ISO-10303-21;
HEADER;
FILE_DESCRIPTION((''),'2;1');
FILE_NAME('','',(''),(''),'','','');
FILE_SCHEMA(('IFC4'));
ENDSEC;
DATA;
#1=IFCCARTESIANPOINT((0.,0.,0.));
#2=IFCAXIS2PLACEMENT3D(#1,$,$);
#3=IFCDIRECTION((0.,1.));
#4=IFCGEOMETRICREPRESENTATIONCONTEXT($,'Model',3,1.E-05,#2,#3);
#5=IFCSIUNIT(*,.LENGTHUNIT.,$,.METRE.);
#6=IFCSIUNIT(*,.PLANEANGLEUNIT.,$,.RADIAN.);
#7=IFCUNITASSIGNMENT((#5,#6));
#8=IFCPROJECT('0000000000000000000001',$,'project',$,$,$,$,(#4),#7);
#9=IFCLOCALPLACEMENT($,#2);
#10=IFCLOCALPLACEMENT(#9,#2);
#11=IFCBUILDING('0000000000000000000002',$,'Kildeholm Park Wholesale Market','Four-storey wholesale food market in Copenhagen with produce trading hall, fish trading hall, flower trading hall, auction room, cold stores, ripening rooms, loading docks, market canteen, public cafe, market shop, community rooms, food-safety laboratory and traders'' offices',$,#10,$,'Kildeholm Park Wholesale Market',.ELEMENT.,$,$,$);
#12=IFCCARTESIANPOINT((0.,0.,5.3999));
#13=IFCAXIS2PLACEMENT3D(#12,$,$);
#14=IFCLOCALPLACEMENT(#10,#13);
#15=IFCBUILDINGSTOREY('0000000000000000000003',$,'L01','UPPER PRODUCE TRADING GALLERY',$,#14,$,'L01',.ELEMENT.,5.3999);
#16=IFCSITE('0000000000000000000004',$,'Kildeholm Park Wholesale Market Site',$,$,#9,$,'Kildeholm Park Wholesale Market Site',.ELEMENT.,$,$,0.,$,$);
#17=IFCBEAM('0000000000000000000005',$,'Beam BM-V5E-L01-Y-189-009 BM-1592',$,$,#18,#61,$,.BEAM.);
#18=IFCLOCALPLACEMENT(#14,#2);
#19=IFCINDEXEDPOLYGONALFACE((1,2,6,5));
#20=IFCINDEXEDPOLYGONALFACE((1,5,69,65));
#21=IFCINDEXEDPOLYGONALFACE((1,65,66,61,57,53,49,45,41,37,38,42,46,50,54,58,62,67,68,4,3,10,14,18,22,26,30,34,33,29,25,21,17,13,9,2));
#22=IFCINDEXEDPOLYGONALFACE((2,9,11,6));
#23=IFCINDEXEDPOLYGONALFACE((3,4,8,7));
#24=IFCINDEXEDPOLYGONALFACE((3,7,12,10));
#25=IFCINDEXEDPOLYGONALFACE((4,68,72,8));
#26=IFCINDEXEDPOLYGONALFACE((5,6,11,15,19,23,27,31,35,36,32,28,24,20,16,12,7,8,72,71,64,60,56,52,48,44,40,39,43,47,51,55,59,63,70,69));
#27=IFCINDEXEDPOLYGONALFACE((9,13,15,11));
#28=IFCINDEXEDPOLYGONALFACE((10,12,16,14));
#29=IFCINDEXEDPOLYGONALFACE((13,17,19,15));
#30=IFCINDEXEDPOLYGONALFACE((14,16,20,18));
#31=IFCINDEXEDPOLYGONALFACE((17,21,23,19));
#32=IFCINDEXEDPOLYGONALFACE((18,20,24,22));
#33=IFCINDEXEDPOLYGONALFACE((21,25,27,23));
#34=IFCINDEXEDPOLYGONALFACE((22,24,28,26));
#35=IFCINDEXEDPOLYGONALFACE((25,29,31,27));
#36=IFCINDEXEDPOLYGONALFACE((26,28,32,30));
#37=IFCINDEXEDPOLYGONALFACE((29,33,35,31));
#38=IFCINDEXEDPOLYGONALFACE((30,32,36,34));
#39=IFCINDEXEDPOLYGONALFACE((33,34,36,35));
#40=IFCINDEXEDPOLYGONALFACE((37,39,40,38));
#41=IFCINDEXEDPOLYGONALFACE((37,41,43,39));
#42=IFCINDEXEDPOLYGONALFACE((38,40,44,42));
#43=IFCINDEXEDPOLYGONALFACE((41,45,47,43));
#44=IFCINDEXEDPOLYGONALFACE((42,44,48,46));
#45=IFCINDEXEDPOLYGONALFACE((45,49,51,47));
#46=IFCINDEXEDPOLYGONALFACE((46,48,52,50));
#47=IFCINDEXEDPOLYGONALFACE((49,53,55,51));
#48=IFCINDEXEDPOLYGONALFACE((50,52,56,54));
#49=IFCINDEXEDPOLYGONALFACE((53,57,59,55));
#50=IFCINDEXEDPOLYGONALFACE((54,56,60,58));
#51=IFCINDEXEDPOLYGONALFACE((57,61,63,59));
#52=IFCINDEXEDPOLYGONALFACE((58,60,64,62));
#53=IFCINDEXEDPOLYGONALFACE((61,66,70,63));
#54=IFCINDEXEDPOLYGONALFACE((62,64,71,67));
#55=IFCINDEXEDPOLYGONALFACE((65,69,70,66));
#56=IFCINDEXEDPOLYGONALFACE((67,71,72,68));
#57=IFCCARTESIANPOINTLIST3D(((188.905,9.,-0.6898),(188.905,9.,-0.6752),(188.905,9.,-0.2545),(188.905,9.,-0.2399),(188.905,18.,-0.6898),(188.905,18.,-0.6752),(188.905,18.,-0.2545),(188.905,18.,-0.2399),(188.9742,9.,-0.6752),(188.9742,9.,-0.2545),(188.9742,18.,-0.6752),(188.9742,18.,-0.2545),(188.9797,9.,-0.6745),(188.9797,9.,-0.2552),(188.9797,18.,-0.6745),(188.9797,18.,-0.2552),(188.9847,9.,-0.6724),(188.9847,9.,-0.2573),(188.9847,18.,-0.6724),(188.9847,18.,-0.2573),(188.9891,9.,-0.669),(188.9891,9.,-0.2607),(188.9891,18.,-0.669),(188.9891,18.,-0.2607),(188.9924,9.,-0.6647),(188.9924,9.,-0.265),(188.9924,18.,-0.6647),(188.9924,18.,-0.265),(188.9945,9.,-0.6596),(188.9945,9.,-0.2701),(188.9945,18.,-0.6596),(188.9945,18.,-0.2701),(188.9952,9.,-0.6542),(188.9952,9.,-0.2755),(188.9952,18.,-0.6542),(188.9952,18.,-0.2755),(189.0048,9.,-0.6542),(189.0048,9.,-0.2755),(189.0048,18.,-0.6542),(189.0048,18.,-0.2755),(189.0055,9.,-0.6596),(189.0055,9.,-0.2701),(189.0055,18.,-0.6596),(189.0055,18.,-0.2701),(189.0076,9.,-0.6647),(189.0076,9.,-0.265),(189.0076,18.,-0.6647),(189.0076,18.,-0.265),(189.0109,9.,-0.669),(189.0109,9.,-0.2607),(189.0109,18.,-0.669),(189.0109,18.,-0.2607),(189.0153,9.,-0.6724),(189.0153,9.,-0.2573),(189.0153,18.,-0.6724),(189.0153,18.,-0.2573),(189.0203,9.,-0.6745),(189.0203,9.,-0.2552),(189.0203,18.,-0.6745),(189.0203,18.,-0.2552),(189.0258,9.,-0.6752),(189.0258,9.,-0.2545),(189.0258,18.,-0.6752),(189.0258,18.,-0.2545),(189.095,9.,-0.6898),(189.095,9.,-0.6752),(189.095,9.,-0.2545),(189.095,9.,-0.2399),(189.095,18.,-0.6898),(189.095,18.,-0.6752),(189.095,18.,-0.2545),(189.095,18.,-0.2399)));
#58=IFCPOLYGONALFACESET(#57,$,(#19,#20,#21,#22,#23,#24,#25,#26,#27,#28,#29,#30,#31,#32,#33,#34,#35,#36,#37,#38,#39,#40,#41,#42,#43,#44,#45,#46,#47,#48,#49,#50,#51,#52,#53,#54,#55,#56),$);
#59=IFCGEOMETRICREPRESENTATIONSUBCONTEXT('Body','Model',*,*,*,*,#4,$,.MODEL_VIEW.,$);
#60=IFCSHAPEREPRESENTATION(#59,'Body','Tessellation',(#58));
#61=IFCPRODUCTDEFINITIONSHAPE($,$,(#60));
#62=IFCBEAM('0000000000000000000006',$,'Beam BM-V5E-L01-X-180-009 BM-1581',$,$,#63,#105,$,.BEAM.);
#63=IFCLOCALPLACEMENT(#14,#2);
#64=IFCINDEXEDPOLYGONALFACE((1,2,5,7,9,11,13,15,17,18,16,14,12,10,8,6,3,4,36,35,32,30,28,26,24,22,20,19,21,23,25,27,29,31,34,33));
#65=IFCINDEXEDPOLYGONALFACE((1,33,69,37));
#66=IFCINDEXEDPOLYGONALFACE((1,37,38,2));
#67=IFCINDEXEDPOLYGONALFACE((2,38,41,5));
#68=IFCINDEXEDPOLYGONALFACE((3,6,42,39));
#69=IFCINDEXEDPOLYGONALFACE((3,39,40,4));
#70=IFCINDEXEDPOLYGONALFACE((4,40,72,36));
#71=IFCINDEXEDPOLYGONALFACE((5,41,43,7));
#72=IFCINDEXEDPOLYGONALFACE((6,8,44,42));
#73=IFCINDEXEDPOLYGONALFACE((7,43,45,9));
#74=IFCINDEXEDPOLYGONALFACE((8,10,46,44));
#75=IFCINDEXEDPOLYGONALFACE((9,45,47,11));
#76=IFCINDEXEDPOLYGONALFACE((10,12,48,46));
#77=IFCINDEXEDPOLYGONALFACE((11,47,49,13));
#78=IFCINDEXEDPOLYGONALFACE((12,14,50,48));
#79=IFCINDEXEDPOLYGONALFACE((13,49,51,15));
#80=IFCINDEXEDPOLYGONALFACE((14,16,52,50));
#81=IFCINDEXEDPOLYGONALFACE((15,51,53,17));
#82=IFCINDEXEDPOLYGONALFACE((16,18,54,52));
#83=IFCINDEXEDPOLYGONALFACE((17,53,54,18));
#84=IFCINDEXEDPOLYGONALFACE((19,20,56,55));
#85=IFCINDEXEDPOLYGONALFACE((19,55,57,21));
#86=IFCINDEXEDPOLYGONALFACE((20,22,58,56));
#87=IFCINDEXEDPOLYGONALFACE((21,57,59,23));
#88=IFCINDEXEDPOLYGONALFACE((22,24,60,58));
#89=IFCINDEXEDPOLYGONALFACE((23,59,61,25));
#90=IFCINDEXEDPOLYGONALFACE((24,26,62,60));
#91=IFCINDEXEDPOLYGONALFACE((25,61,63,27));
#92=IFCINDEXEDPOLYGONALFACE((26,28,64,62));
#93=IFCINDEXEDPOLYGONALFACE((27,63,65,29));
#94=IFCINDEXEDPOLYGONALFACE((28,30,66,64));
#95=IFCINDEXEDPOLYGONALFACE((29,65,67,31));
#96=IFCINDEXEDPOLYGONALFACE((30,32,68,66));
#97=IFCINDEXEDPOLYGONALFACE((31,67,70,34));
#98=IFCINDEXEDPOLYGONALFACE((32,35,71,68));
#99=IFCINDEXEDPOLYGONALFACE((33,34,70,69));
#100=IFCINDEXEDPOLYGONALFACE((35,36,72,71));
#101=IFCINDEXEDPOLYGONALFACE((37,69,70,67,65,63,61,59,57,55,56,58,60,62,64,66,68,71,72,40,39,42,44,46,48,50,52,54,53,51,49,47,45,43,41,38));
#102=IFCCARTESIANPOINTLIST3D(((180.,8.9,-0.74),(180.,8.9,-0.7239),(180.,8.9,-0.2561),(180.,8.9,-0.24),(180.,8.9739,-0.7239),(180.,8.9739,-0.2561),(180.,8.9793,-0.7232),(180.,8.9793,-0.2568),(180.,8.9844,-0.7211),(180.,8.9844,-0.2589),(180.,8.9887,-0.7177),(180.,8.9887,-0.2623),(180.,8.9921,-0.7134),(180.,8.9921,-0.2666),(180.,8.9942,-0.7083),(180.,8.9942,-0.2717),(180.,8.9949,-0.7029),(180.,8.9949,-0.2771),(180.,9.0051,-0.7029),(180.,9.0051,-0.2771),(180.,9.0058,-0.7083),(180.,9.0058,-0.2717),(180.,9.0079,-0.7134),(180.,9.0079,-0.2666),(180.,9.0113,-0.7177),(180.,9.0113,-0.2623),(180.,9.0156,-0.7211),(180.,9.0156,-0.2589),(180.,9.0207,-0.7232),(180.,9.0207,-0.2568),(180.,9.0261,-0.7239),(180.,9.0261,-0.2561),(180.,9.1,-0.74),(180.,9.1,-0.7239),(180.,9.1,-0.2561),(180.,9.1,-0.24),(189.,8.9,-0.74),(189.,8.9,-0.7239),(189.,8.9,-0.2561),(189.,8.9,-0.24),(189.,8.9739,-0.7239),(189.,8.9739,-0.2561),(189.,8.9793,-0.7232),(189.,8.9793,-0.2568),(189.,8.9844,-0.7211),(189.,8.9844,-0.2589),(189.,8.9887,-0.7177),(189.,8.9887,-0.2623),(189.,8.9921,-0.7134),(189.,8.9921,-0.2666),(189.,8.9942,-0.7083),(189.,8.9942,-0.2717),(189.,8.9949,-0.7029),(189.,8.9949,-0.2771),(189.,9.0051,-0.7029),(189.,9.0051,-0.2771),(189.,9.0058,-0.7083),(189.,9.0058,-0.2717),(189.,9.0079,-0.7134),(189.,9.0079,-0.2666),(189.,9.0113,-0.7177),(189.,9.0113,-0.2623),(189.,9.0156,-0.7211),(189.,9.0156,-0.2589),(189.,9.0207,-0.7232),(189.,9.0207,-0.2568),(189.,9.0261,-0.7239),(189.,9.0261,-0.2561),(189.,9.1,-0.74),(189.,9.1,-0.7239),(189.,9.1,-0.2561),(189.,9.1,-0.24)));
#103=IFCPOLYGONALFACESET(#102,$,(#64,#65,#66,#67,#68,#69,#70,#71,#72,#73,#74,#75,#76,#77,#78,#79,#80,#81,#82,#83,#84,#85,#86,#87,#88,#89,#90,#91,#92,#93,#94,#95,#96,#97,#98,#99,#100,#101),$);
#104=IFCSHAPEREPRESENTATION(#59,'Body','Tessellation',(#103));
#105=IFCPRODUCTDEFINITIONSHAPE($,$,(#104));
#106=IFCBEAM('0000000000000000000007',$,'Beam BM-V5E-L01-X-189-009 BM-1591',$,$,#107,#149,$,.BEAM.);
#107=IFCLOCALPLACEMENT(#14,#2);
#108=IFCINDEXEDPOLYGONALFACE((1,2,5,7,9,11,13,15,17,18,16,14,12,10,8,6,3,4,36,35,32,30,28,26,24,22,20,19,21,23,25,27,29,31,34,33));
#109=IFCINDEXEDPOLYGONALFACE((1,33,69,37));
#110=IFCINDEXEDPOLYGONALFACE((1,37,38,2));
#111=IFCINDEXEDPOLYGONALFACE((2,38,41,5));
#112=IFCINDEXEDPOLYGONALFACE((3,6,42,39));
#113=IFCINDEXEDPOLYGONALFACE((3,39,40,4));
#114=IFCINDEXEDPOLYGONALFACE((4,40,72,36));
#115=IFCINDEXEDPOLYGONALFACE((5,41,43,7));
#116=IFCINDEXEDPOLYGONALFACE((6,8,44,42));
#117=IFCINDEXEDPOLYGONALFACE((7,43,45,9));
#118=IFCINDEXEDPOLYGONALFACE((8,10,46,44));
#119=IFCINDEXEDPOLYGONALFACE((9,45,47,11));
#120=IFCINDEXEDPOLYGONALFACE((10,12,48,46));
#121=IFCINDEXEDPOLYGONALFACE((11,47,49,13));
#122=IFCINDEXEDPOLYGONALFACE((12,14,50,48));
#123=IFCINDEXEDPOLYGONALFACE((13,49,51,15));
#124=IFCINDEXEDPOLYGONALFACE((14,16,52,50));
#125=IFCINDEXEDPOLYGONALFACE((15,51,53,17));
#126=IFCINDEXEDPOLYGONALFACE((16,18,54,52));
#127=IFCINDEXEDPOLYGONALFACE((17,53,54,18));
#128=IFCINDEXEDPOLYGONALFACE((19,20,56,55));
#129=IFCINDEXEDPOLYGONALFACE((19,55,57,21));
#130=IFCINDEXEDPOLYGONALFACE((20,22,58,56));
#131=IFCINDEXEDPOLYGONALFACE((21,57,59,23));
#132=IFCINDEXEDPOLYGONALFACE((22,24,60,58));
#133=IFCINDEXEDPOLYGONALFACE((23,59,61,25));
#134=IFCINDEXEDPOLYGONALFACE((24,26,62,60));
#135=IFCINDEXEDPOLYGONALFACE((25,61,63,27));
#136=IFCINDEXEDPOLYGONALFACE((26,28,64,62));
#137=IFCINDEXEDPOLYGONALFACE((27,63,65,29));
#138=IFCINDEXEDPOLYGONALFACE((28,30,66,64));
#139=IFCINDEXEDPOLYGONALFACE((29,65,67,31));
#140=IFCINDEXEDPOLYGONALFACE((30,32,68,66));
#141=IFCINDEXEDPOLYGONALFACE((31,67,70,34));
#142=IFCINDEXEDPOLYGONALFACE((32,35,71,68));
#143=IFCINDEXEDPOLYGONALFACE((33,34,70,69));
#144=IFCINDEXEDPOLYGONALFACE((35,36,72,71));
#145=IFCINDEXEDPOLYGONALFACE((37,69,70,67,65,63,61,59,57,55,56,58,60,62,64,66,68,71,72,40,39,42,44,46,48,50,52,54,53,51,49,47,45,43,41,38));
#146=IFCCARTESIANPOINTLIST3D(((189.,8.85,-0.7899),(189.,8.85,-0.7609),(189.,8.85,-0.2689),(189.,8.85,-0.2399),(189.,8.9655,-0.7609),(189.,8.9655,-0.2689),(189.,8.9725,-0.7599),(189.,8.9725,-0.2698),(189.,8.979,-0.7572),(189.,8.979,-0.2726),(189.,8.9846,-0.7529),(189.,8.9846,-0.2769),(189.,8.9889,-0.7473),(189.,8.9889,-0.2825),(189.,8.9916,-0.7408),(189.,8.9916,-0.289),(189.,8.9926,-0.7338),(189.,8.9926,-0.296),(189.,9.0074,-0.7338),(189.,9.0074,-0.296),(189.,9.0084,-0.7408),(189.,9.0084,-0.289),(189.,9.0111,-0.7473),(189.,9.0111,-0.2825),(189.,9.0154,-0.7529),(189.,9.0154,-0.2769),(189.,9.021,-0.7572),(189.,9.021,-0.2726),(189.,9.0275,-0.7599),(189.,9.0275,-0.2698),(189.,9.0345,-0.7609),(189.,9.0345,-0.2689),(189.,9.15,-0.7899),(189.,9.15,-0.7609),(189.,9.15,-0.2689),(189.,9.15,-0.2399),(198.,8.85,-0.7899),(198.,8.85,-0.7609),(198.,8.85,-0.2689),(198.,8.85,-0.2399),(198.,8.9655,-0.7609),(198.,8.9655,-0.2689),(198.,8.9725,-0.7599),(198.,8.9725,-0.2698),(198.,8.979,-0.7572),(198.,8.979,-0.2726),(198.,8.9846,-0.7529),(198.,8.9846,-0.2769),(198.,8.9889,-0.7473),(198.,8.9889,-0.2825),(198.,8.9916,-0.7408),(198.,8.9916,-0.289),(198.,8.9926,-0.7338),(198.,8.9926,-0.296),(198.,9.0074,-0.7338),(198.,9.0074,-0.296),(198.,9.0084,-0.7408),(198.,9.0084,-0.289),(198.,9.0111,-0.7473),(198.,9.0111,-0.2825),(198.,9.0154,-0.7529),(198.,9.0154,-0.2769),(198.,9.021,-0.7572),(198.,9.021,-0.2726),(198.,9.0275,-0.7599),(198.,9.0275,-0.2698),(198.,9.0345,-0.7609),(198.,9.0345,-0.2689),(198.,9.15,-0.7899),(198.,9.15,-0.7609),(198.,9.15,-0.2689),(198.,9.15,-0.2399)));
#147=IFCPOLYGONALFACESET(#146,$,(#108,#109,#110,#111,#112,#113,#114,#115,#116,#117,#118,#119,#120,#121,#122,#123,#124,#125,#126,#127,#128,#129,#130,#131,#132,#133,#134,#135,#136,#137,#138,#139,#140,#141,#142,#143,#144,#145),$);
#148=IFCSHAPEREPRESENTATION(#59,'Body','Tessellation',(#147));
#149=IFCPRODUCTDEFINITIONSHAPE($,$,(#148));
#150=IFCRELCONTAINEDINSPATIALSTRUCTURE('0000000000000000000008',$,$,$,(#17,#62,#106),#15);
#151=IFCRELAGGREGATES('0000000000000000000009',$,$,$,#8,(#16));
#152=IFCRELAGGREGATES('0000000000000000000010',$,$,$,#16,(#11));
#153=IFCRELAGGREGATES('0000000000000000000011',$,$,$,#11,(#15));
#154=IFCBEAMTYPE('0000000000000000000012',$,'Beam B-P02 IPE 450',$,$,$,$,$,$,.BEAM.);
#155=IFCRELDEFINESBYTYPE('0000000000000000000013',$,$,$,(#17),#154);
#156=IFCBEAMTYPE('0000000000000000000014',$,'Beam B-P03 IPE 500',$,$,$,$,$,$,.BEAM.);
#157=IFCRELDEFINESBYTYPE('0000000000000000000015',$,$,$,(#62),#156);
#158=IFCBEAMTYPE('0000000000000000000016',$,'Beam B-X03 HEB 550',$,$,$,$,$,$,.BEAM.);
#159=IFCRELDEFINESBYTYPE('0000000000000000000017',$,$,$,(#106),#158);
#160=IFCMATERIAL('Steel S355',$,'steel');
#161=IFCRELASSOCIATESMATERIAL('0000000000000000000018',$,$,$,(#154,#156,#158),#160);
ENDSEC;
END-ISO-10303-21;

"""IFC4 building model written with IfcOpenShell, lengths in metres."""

from ifc_helpers import new_model, si_unit, direction, frame, origin, origin_2d, place, context, subcontext, project, spatial, i_section, extrude, material, material_profile, profile_set, type_object, element, save


model = new_model("IFC4")

# Units and contexts
model_context = context("Model", 3, precision=1e-05, world=origin(), true_north=direction((0.0, 1.0)))
body_context = subcontext(model_context, "Body", "Model", "MODEL_VIEW")
ifc_project = project(units=[si_unit("LENGTHUNIT", "METRE"), si_unit("PLANEANGLEUNIT", "RADIAN")], contexts=[model_context])

# Site, building, storey
site_placement = place(None, origin())
site = spatial("IfcSite", under=ifc_project, at=site_placement, Name="Kildeholm Park Wholesale Market Site", LongName="Kildeholm Park Wholesale Market Site", CompositionType="ELEMENT", RefElevation=0.0)
building_placement = place(site_placement, origin())
building = spatial("IfcBuilding", under=site, at=building_placement, Name="Kildeholm Park Wholesale Market", Description="Four-storey wholesale food market in Copenhagen with produce trading hall, fish trading hall, flower trading hall, auction room, cold stores, ripening rooms, loading docks, market canteen, public cafe, market shop, community rooms, food-safety laboratory and traders' offices", LongName="Kildeholm Park Wholesale Market", CompositionType="ELEMENT")
storey_placement = place(building_placement, frame((0.0, 0.0, 5.3999)))
storey = spatial("IfcBuildingStorey", under=building, at=storey_placement, Name="L01", Description="UPPER PRODUCE TRADING GALLERY", LongName="L01", CompositionType="ELEMENT", Elevation=5.3999)

# Shared definitions
ifc_material_1 = material(Name="Steel S355", Category="steel")

# Beams
ifc_material_profile_1 = material_profile(ifc_material_1, i_section(OverallWidth=0.1899, OverallDepth=0.45, WebThickness=0.0095, FlangeThickness=0.0146, FilletRadius=0.021, at=origin_2d()), Name="IPE 450")
ifc_profile_set_1 = profile_set([ifc_material_profile_1], Name="Steel S355")
beam_type_1 = type_object("IfcBeamType", Name="Beam B-P02 IPE 450", PredefinedType="BEAM", material=ifc_profile_set_1)
for number, where, z_axis, x_axis, name in (
    (1, (189.0, 9.0, -0.4648), (0.0, 1.0, 0.0), (-1.0, 0.0, 0.0), "Beam BM-V5E-L01-Y-189-009 BM-1592"),
):
    element("IfcBeam", number, at=place(storey_placement, frame(where, z_axis=z_axis, x_axis=x_axis)), inside=storey, type_object=beam_type_1, Name=name, PredefinedType="BEAM", context=body_context, shape_type="SweptSolid", body=[
        extrude(i_section(OverallWidth=0.1899, OverallDepth=0.45, WebThickness=0.0095, FlangeThickness=0.0146, FilletRadius=0.021, at=origin_2d()), origin(), (0.0, 0.0, 1.0), 9.0),
    ])
ifc_material_profile_2 = material_profile(ifc_material_1, i_section(OverallWidth=0.2, OverallDepth=0.5, WebThickness=0.0103, FlangeThickness=0.0161, FilletRadius=0.021, at=origin_2d()), Name="IPE 500")
ifc_profile_set_2 = profile_set([ifc_material_profile_2], Name="Steel S355")
beam_type_2 = type_object("IfcBeamType", Name="Beam B-P03 IPE 500", PredefinedType="BEAM", material=ifc_profile_set_2)
beam_1_placement = place(storey_placement, frame((180.0, 9.0, -0.49), z_axis=(1.0, 0.0, 0.0), x_axis=(0.0, 1.0, 0.0)))
element("IfcBeam", 2, at=beam_1_placement, inside=storey, type_object=beam_type_2, Name="Beam BM-V5E-L01-X-180-009 BM-1581", PredefinedType="BEAM", context=body_context, shape_type="SweptSolid", body=[
    extrude(i_section(OverallWidth=0.2, OverallDepth=0.5, WebThickness=0.0103, FlangeThickness=0.0161, FilletRadius=0.021, at=origin_2d()), origin(), (0.0, 0.0, 1.0), 9.0),
])
ifc_material_profile_3 = material_profile(ifc_material_1, i_section(OverallWidth=0.3, OverallDepth=0.55, WebThickness=0.0149, FlangeThickness=0.0291, FilletRadius=0.0271, at=origin_2d()), Name="HEB 550")
ifc_profile_set_3 = profile_set([ifc_material_profile_3], Name="Steel S355")
beam_type_3 = type_object("IfcBeamType", Name="Beam B-X03 HEB 550", PredefinedType="BEAM", material=ifc_profile_set_3)
beam_2_placement = place(storey_placement, frame((189.0, 9.0, -0.5149), z_axis=(1.0, 0.0, 0.0), x_axis=(0.0, 1.0, 0.0)))
element("IfcBeam", 3, at=beam_2_placement, inside=storey, type_object=beam_type_3, Name="Beam BM-V5E-L01-X-189-009 BM-1591", PredefinedType="BEAM", context=body_context, shape_type="SweptSolid", body=[
    extrude(i_section(OverallWidth=0.3, OverallDepth=0.55, WebThickness=0.0149, FlangeThickness=0.0291, FilletRadius=0.0271, at=origin_2d()), origin(), (0.0, 0.0, 1.0), 9.0),
])

save(model, "model.ifc")
